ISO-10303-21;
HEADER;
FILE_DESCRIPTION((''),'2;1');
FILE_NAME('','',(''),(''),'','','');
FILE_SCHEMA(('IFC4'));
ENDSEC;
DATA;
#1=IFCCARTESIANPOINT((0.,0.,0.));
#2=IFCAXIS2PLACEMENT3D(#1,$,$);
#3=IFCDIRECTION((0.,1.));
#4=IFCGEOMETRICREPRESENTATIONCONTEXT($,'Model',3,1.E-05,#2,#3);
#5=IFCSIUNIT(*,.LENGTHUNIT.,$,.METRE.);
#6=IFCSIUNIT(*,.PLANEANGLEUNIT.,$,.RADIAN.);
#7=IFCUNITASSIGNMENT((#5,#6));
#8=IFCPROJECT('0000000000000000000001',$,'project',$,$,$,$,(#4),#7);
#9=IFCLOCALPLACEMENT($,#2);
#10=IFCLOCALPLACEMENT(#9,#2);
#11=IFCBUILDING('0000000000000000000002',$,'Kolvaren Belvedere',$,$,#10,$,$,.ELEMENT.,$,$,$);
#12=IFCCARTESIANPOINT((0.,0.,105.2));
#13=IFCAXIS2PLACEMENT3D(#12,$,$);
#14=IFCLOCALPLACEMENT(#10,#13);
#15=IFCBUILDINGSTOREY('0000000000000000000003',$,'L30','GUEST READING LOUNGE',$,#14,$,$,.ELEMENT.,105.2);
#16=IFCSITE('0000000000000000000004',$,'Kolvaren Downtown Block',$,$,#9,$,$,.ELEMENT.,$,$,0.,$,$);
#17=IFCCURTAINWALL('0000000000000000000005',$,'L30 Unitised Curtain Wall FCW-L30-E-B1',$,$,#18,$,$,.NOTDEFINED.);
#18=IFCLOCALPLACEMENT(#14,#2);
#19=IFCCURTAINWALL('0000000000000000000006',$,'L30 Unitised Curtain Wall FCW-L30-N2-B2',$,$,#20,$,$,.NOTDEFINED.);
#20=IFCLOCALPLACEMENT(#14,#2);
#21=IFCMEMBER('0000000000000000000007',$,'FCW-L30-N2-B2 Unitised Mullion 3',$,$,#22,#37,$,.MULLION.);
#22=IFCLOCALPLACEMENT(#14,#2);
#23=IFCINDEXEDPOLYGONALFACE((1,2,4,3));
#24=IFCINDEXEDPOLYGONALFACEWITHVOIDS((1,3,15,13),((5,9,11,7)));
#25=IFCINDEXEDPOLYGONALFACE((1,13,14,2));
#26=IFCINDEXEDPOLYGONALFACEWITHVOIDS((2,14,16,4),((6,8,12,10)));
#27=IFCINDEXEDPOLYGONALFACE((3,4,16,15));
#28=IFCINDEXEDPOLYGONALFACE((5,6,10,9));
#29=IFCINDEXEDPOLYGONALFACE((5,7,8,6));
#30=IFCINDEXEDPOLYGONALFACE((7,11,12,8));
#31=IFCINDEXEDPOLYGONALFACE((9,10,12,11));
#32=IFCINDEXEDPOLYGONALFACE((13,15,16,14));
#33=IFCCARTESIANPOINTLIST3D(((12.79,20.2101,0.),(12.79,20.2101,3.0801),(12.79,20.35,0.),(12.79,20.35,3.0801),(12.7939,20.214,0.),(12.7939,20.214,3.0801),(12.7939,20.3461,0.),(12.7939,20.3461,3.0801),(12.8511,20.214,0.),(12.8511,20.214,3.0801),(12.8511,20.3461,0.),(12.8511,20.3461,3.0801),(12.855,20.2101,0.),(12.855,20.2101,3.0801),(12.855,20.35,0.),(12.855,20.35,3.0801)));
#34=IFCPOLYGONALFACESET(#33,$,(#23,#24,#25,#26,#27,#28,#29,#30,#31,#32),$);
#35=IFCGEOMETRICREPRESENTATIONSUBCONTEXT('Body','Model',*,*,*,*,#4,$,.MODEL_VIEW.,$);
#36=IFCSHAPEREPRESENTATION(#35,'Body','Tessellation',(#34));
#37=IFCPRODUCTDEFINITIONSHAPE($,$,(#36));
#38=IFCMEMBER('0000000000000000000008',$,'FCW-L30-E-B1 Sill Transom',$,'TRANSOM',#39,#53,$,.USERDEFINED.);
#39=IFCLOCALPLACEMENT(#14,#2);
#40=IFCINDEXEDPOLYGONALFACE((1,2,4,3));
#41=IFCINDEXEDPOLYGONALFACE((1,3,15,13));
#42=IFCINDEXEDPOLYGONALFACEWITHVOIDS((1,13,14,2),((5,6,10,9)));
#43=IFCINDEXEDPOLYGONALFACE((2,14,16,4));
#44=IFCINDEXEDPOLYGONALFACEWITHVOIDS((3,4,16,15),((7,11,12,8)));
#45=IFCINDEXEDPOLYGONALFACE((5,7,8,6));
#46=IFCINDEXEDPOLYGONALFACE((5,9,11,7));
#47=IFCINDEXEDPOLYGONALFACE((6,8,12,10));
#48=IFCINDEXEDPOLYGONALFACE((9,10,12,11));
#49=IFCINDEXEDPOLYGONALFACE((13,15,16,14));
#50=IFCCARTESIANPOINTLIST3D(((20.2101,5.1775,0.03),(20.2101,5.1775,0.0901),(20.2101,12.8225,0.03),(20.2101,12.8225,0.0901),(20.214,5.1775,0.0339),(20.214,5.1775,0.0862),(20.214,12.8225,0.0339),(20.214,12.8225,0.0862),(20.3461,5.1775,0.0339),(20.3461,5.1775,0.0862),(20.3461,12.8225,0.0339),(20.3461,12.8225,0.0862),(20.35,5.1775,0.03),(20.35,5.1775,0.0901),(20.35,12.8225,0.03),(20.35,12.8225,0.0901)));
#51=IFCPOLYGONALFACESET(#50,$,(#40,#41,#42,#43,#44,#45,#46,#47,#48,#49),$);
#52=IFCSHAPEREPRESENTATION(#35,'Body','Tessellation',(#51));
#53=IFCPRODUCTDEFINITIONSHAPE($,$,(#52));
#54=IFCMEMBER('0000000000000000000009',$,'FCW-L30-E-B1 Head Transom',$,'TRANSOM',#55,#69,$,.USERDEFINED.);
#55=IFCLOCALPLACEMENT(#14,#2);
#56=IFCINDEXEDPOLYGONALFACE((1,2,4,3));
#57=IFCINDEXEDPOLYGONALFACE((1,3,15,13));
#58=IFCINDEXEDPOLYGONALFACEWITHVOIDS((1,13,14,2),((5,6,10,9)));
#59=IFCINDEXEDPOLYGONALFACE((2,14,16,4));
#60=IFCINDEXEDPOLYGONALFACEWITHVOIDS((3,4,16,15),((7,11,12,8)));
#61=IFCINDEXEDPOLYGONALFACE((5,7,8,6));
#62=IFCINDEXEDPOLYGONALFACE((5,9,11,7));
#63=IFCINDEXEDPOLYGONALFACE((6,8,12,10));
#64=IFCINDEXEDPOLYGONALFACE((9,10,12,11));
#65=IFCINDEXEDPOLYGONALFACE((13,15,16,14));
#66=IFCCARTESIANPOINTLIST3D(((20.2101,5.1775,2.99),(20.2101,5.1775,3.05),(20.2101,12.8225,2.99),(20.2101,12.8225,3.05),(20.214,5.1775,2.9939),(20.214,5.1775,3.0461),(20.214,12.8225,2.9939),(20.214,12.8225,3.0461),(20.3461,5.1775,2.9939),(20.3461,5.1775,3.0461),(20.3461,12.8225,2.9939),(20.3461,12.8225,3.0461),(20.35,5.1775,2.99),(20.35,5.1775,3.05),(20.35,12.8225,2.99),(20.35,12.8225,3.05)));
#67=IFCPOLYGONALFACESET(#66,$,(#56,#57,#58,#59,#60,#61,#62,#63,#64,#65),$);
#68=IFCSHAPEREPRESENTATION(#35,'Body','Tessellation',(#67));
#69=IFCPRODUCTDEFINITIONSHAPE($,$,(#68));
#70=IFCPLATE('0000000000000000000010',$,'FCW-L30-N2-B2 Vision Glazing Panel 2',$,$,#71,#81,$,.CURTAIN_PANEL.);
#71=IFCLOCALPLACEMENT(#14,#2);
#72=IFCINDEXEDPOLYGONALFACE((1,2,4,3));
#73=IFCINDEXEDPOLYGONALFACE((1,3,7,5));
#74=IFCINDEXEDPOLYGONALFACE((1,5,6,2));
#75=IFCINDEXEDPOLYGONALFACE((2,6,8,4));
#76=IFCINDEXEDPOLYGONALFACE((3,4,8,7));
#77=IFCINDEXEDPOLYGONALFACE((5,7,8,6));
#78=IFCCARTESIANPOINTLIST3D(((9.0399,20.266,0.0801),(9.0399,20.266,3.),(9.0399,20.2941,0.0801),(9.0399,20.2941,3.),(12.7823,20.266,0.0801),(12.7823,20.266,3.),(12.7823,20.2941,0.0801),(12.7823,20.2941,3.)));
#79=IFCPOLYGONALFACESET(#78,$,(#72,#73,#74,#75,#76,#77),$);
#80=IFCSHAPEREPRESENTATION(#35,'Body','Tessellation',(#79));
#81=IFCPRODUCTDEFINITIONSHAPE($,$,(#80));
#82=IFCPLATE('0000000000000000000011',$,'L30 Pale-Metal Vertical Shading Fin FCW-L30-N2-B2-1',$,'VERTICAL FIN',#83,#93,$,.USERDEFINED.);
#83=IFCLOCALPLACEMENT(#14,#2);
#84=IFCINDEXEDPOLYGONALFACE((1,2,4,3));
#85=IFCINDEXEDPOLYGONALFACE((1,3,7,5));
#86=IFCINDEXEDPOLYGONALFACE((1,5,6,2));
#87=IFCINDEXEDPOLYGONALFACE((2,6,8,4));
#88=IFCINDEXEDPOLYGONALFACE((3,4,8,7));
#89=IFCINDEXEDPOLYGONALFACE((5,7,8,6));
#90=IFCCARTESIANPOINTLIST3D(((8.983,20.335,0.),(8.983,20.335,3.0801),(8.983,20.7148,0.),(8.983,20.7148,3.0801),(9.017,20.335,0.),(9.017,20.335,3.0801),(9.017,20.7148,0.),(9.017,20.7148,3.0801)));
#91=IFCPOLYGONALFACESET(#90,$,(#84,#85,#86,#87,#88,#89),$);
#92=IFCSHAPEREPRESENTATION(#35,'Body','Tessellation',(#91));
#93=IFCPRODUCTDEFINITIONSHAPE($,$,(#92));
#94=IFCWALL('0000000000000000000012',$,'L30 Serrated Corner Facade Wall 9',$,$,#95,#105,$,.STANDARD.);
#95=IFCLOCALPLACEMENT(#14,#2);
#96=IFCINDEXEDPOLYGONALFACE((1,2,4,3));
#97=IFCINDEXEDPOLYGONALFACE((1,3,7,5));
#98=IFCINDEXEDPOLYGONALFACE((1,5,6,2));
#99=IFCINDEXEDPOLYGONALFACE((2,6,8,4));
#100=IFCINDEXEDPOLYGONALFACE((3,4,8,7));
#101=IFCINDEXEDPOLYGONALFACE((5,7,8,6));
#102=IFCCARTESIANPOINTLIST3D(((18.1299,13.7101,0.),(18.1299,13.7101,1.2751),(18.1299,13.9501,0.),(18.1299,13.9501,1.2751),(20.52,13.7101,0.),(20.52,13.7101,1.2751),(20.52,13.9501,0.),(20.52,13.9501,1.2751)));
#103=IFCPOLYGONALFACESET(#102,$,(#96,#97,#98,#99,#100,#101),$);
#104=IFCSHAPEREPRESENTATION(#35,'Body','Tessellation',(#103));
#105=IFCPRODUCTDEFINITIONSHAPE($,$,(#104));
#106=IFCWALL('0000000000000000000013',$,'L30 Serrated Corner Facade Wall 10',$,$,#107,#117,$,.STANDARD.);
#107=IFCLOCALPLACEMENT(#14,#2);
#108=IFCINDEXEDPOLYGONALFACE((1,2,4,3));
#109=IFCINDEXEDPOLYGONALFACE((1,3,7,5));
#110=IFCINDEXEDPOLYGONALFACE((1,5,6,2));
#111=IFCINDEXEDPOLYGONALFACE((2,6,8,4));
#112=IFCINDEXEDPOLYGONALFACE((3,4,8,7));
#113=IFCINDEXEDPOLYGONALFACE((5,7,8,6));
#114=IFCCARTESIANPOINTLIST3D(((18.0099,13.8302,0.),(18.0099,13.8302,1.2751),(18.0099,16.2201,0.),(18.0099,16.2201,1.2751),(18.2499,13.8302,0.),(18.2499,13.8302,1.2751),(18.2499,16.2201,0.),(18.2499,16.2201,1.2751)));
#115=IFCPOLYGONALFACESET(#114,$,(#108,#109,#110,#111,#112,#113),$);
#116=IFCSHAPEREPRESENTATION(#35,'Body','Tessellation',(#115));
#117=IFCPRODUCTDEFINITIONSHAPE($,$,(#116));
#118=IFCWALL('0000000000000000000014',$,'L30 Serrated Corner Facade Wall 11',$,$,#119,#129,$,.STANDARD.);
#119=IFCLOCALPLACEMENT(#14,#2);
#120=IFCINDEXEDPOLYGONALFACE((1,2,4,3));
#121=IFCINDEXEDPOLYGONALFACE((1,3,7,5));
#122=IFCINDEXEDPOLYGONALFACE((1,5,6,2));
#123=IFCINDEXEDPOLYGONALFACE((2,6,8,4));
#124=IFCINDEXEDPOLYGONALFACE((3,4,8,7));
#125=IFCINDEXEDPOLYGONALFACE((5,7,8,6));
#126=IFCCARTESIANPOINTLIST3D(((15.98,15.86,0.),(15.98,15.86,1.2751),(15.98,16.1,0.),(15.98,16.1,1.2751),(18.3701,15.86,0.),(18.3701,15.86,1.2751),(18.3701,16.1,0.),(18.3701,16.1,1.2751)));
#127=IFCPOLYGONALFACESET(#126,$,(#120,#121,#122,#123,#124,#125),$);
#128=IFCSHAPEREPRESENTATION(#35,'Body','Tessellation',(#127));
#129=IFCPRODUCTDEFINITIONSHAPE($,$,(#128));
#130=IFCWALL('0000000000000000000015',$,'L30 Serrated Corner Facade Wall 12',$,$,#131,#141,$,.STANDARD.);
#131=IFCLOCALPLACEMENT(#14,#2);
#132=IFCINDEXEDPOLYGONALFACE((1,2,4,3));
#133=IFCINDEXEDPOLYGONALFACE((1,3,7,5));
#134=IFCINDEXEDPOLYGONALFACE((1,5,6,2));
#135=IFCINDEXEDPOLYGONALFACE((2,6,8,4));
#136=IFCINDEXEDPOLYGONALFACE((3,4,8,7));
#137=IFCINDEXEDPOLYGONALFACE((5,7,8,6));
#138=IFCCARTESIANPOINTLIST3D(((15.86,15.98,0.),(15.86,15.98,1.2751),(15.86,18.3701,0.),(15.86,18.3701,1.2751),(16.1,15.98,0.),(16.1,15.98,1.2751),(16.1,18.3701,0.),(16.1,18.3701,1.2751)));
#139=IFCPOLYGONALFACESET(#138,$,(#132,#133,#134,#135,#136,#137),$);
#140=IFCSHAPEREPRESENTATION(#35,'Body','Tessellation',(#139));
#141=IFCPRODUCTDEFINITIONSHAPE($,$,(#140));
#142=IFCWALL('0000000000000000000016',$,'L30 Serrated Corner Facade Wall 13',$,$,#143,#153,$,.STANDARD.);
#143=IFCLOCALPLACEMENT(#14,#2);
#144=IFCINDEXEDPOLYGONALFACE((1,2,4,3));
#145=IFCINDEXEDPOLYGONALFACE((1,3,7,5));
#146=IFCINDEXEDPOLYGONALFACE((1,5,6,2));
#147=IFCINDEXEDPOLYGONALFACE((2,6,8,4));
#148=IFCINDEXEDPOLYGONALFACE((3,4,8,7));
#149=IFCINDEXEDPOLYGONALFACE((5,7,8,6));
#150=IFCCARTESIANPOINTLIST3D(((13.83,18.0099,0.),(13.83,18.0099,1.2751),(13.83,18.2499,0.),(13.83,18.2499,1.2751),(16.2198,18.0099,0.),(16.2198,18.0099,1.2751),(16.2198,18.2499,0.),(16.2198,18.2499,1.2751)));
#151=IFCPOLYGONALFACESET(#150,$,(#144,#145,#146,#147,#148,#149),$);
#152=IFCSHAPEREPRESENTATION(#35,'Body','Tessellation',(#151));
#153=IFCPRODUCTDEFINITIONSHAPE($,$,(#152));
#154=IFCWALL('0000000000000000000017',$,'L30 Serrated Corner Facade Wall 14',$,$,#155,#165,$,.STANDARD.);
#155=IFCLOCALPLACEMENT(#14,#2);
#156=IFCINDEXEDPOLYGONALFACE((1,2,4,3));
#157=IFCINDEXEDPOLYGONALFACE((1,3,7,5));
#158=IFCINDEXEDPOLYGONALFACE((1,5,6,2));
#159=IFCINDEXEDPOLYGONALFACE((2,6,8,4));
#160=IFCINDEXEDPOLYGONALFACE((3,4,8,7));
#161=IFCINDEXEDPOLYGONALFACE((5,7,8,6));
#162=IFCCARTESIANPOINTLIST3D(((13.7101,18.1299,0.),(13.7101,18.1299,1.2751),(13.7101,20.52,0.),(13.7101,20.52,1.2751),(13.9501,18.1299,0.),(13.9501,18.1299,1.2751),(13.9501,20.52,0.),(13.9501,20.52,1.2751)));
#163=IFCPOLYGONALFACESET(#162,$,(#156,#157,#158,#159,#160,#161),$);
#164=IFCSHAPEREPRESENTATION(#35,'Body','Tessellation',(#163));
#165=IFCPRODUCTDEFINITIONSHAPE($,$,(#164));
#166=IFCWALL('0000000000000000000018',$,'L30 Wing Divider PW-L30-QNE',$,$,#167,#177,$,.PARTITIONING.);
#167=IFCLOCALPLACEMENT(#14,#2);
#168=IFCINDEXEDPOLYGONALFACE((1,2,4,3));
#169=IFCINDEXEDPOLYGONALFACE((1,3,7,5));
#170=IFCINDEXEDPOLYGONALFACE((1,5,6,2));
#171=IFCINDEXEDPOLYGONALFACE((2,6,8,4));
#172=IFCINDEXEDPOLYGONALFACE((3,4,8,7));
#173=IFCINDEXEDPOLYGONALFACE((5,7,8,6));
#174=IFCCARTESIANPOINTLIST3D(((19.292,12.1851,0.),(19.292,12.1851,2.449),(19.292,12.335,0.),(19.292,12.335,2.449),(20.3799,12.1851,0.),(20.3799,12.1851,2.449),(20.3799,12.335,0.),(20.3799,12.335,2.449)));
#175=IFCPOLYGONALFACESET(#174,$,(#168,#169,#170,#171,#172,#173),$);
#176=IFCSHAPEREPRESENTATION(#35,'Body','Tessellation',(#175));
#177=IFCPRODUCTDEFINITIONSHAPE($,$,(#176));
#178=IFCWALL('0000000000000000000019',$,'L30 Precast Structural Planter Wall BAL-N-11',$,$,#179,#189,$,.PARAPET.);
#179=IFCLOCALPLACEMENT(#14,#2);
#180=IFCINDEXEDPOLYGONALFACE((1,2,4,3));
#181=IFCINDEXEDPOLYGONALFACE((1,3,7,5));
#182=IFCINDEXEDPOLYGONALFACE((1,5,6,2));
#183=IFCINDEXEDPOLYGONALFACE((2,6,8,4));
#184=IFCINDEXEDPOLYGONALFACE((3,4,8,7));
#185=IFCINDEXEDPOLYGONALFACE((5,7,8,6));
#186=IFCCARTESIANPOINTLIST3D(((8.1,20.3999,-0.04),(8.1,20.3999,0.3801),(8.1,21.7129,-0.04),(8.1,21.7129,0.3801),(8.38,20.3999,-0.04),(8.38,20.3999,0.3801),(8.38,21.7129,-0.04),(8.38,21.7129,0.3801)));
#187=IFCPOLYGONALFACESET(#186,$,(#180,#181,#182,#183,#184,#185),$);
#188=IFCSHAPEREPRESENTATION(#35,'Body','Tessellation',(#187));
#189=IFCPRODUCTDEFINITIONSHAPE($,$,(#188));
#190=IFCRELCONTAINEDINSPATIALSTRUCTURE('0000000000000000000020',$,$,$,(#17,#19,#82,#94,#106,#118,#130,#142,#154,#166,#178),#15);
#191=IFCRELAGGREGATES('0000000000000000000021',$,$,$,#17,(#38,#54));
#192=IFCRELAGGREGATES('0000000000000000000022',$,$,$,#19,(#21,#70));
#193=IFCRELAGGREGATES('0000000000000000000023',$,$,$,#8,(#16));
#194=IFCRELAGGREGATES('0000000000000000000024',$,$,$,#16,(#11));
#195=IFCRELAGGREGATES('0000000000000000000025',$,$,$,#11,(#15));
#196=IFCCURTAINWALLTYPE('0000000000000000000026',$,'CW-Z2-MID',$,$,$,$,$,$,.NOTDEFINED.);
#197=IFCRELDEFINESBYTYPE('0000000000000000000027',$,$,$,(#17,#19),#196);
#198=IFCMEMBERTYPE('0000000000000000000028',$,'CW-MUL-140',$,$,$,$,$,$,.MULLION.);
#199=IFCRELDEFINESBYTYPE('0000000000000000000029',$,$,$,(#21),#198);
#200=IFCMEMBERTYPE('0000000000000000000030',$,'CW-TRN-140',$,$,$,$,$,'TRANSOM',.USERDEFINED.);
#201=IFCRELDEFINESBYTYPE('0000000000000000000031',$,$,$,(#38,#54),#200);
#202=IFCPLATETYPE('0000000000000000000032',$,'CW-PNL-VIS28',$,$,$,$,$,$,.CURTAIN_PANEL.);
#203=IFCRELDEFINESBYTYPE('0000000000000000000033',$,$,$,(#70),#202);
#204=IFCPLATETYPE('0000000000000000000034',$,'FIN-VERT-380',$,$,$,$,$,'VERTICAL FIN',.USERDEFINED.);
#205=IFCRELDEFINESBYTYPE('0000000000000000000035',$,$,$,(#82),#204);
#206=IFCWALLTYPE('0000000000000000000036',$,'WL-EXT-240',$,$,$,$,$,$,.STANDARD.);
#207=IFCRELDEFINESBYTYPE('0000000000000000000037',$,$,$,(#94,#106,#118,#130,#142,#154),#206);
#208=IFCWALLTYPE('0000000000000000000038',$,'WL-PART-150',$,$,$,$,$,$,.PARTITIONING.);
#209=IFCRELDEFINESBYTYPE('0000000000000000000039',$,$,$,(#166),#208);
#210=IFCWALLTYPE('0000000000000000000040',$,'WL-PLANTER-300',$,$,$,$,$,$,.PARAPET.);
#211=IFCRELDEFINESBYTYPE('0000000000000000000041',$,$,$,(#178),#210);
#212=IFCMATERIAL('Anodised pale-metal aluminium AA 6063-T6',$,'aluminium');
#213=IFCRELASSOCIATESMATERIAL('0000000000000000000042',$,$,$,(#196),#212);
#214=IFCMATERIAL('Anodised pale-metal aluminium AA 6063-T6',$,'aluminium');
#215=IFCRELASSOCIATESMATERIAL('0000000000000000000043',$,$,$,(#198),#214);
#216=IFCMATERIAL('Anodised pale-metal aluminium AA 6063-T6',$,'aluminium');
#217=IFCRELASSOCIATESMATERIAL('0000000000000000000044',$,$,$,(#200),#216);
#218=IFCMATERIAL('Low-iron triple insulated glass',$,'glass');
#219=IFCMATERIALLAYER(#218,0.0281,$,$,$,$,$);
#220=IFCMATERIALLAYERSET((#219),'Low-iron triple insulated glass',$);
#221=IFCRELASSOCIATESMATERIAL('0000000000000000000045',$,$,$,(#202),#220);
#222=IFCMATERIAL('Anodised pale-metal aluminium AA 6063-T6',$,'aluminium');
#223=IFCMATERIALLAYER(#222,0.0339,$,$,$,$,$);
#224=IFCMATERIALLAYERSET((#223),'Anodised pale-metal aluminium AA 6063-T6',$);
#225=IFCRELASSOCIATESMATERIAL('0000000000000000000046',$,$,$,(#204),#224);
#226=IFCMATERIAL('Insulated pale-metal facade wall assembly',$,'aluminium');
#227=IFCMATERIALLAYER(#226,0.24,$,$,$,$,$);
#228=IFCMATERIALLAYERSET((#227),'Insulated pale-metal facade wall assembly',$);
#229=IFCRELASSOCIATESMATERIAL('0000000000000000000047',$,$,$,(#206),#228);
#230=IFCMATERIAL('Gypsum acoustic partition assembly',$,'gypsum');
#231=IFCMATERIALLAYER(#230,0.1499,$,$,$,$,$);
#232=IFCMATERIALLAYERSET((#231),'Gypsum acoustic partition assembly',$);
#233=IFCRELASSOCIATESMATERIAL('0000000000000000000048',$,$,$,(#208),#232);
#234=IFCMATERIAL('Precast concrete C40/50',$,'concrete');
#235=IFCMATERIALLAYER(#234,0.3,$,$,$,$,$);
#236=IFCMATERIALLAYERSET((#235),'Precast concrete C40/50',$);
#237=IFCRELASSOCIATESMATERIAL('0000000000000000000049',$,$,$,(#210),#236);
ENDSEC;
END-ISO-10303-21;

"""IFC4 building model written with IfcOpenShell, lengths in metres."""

from ifc_helpers import new_model, si_unit, direction, frame, frame_2d, origin, origin_2d, place, context, subcontext, project, spatial, rectangle, hollow_rectangle, extrude, material, layer, layer_set, material_profile, profile_set, type_object, element, aggregate, save


model = new_model("IFC4")

# Units and contexts
model_context = context("Model", 3, precision=1e-05, world=origin(), true_north=direction((0.0, 1.0)))
body_context = subcontext(model_context, "Body", "Model", "MODEL_VIEW")
ifc_project = project(units=[si_unit("LENGTHUNIT", "METRE"), si_unit("PLANEANGLEUNIT", "RADIAN")], contexts=[model_context])

# Site, building, storey
site_placement = place(None, origin())
site = spatial("IfcSite", under=ifc_project, at=site_placement, Name="Kolvaren Downtown Block", CompositionType="ELEMENT", RefElevation=0.0)
building_placement = place(site_placement, origin())
building = spatial("IfcBuilding", under=site, at=building_placement, Name="Kolvaren Belvedere", CompositionType="ELEMENT")
storey_placement = place(building_placement, frame((0.0, 0.0, 105.2)))
storey = spatial("IfcBuildingStorey", under=building, at=storey_placement, Name="L30", Description="GUEST READING LOUNGE", CompositionType="ELEMENT", Elevation=105.2)

# Curtain wall
ifc_material_1 = material(Name="Anodised pale-metal aluminium AA 6063-T6", Category="aluminium")
curtain_wall_type = type_object("IfcCurtainWallType", Name="CW-Z2-MID", PredefinedType="NOTDEFINED", material=ifc_material_1)
curtain_wall_1_placement = place(storey_placement, origin())
curtain_wall_1 = element("IfcCurtainWall", 1, at=curtain_wall_1_placement, inside=storey, type_object=curtain_wall_type, Name="L30 Unitised Curtain Wall FCW-L30-E-B1", PredefinedType="NOTDEFINED")
ifc_material_2 = material(Name="Anodised pale-metal aluminium AA 6063-T6", Category="aluminium")
ifc_material_profile_1 = material_profile(ifc_material_2, hollow_rectangle(XDim=0.0649, YDim=0.1399, WallThickness=0.0039, at=origin_2d()), Name="ALU-MUL-140X65")
ifc_profile_set_1 = profile_set([ifc_material_profile_1], Name="Anodised pale-metal aluminium AA 6063-T6")
member_type_1 = type_object("IfcMemberType", Name="CW-MUL-140", PredefinedType="MULLION", material=ifc_profile_set_1)

# Curtain wall, member
curtain_wall_2_placement = place(storey_placement, origin())
curtain_wall_2 = element("IfcCurtainWall", 2, at=curtain_wall_2_placement, inside=storey, type_object=curtain_wall_type, Name="L30 Unitised Curtain Wall FCW-L30-N2-B2", PredefinedType="NOTDEFINED")
member_1_placement = place(storey_placement, frame((12.8225, 20.28, 0.0), z_axis=(0.0, 0.0, 1.0), x_axis=(1.0, 0.0, 0.0)))
member_1 = element("IfcMember", 3, at=member_1_placement, type_object=member_type_1, Name="FCW-L30-N2-B2 Unitised Mullion 3", PredefinedType="MULLION", context=body_context, shape_type="SweptSolid", body=[
    extrude(hollow_rectangle(XDim=0.0649, YDim=0.1399, WallThickness=0.0039, at=origin_2d()), origin(), (0.0, 0.0, 1.0), 3.0801),
])

# Members
ifc_material_3 = material(Name="Anodised pale-metal aluminium AA 6063-T6", Category="aluminium")
ifc_material_profile_2 = material_profile(ifc_material_3, hollow_rectangle(XDim=0.0601, YDim=0.1399, WallThickness=0.0039, at=origin_2d()), Name="ALU-TRN-140X60")
ifc_profile_set_2 = profile_set([ifc_material_profile_2], Name="Anodised pale-metal aluminium AA 6063-T6")
member_type_2 = type_object("IfcMemberType", Name="CW-TRN-140", ElementType="TRANSOM", PredefinedType="USERDEFINED", material=ifc_profile_set_2)
member_2_placement = place(storey_placement, frame((20.28, 12.8225, 0.0601), z_axis=(0.0, -1.0, 0.0), x_axis=(0.0, 0.0, 1.0)))
member_2 = element("IfcMember", 4, at=member_2_placement, type_object=member_type_2, Name="FCW-L30-E-B1 Sill Transom", ObjectType="TRANSOM", PredefinedType="USERDEFINED", context=body_context, shape_type="SweptSolid", body=[
    extrude(hollow_rectangle(XDim=0.0601, YDim=0.1399, WallThickness=0.0039, at=origin_2d()), origin(), (0.0, 0.0, 1.0), 7.645),
])
member_3_placement = place(storey_placement, frame((20.28, 12.8225, 3.02), z_axis=(0.0, -1.0, 0.0), x_axis=(0.0, 0.0, 1.0)))
member_3 = element("IfcMember", 5, at=member_3_placement, type_object=member_type_2, Name="FCW-L30-E-B1 Head Transom", ObjectType="TRANSOM", PredefinedType="USERDEFINED", context=body_context, shape_type="SweptSolid", body=[
    extrude(hollow_rectangle(XDim=0.0601, YDim=0.1399, WallThickness=0.0039, at=origin_2d()), origin(), (0.0, 0.0, 1.0), 7.645),
])
aggregate(curtain_wall_1, [member_2, member_3])

# Plates
ifc_material_4 = material(Name="Low-iron triple insulated glass", Category="glass")
ifc_layer_1 = layer(ifc_material_4, 0.0281)
ifc_layer_set_1 = layer_set([ifc_layer_1], Name="Low-iron triple insulated glass")
plate_type_1 = type_object("IfcPlateType", Name="CW-PNL-VIS28", PredefinedType="CURTAIN_PANEL", material=ifc_layer_set_1)
plate_1_placement = place(storey_placement, frame((10.9111, 20.28, 0.0801), z_axis=(0.0, 0.0, 1.0), x_axis=(1.0, 0.0, 0.0)))
plate_1 = element("IfcPlate", 6, at=plate_1_placement, type_object=plate_type_1, Name="FCW-L30-N2-B2 Vision Glazing Panel 2", PredefinedType="CURTAIN_PANEL", context=body_context, shape_type="SweptSolid", body=[
    extrude(rectangle(XDim=3.7424, YDim=0.0281, at=origin_2d()), origin(), (0.0, 0.0, 1.0), 2.9199),
])
aggregate(curtain_wall_2, [member_1, plate_1])
ifc_material_5 = material(Name="Anodised pale-metal aluminium AA 6063-T6", Category="aluminium")
ifc_layer_2 = layer(ifc_material_5, 0.0339)
ifc_layer_set_2 = layer_set([ifc_layer_2], Name="Anodised pale-metal aluminium AA 6063-T6")
plate_type_2 = type_object("IfcPlateType", Name="FIN-VERT-380", ElementType="VERTICAL FIN", PredefinedType="USERDEFINED", material=ifc_layer_set_2)
plate_2_placement = place(storey_placement, frame((9.0, 20.5249, 0.0), z_axis=(0.0, 0.0, 1.0), x_axis=(0.0, 1.0, 0.0)))
element("IfcPlate", 7, at=plate_2_placement, inside=storey, type_object=plate_type_2, Name="L30 Pale-Metal Vertical Shading Fin FCW-L30-N2-B2-1", ObjectType="VERTICAL FIN", PredefinedType="USERDEFINED", context=body_context, shape_type="SweptSolid", body=[
    extrude(rectangle(XDim=0.3799, YDim=0.0339, at=origin_2d()), origin(), (0.0, 0.0, 1.0), 3.0801),
])

# Walls
ifc_material_6 = material(Name="Insulated pale-metal facade wall assembly", Category="aluminium")
ifc_layer_3 = layer(ifc_material_6, 0.24)
ifc_layer_set_3 = layer_set([ifc_layer_3], Name="Insulated pale-metal facade wall assembly")
wall_type_1 = type_object("IfcWallType", Name="WL-EXT-240", PredefinedType="STANDARD", material=ifc_layer_set_3)
wall_1_placement = place(storey_placement, frame((18.1299, 13.8301, 0.0), z_axis=(0.0, 0.0, 1.0), x_axis=(1.0, 0.0, 0.0)))
element("IfcWall", 8, at=wall_1_placement, inside=storey, type_object=wall_type_1, Name="L30 Serrated Corner Facade Wall 9", PredefinedType="STANDARD", context=body_context, shape_type="SweptSolid", body=[
    extrude(rectangle(XDim=2.3901, YDim=0.24, at=frame_2d((1.1951, 0.0))), origin(), (0.0, 0.0, 1.0), 1.2751),
])
wall_2_placement = place(storey_placement, frame((18.1299, 16.22, 0.0), z_axis=(0.0, 0.0, 1.0), x_axis=(0.0, -1.0, 0.0)))
element("IfcWall", 9, at=wall_2_placement, inside=storey, type_object=wall_type_1, Name="L30 Serrated Corner Facade Wall 10", PredefinedType="STANDARD", context=body_context, shape_type="SweptSolid", body=[
    extrude(rectangle(XDim=2.3899, YDim=0.24, at=frame_2d((1.1948, 0.0))), origin(), (0.0, 0.0, 1.0), 1.2751),
])
for number, where, z_axis, x_axis, name in (
    (10, (15.98, 15.98, 0.0), (0.0, 0.0, 1.0), (1.0, 0.0, 0.0), "L30 Serrated Corner Facade Wall 11"),
    (11, (15.98, 18.3701, 0.0), (0.0, 0.0, 1.0), (0.0, -1.0, 0.0), "L30 Serrated Corner Facade Wall 12"),
):
    element("IfcWall", number, at=place(storey_placement, frame(where, z_axis=z_axis, x_axis=x_axis)), inside=storey, type_object=wall_type_1, Name=name, PredefinedType="STANDARD", context=body_context, shape_type="SweptSolid", body=[
        extrude(rectangle(XDim=2.3901, YDim=0.24, at=frame_2d((1.1951, 0.0))), origin(), (0.0, 0.0, 1.0), 1.2751),
    ])
wall_3_placement = place(storey_placement, frame((13.8301, 18.1299, 0.0), z_axis=(0.0, 0.0, 1.0), x_axis=(1.0, 0.0, 0.0)))
element("IfcWall", 12, at=wall_3_placement, inside=storey, type_object=wall_type_1, Name="L30 Serrated Corner Facade Wall 13", PredefinedType="STANDARD", context=body_context, shape_type="SweptSolid", body=[
    extrude(rectangle(XDim=2.3899, YDim=0.24, at=frame_2d((1.1948, 0.0))), origin(), (0.0, 0.0, 1.0), 1.2751),
])
wall_4_placement = place(storey_placement, frame((13.8301, 20.52, 0.0), z_axis=(0.0, 0.0, 1.0), x_axis=(0.0, -1.0, 0.0)))
element("IfcWall", 13, at=wall_4_placement, inside=storey, type_object=wall_type_1, Name="L30 Serrated Corner Facade Wall 14", PredefinedType="STANDARD", context=body_context, shape_type="SweptSolid", body=[
    extrude(rectangle(XDim=2.3901, YDim=0.24, at=frame_2d((1.1951, 0.0))), origin(), (0.0, 0.0, 1.0), 1.2751),
])
ifc_material_7 = material(Name="Gypsum acoustic partition assembly", Category="gypsum")
ifc_layer_4 = layer(ifc_material_7, 0.1499)
ifc_layer_set_4 = layer_set([ifc_layer_4], Name="Gypsum acoustic partition assembly")
wall_type_2 = type_object("IfcWallType", Name="WL-PART-150", PredefinedType="PARTITIONING", material=ifc_layer_set_4)
wall_5_placement = place(storey_placement, frame((19.292, 12.26, 0.0), z_axis=(0.0, 0.0, 1.0), x_axis=(1.0, 0.0, 0.0)))
element("IfcWall", 14, at=wall_5_placement, inside=storey, type_object=wall_type_2, Name="L30 Wing Divider PW-L30-QNE", PredefinedType="PARTITIONING", context=body_context, shape_type="SweptSolid", body=[
    extrude(rectangle(XDim=1.0879, YDim=0.1499, at=frame_2d((0.5439, 0.0))), origin(), (0.0, 0.0, 1.0), 2.449),
])
ifc_material_8 = material(Name="Precast concrete C40/50", Category="concrete")
ifc_layer_5 = layer(ifc_material_8, 0.3)
ifc_layer_set_5 = layer_set([ifc_layer_5], Name="Precast concrete C40/50")
wall_type_3 = type_object("IfcWallType", Name="WL-PLANTER-300", PredefinedType="PARAPET", material=ifc_layer_set_5)
wall_6_placement = place(storey_placement, frame((8.24, 20.3999, -0.04), z_axis=(0.0, 0.0, 1.0), x_axis=(0.0, 1.0, 0.0)))
element("IfcWall", 15, at=wall_6_placement, inside=storey, type_object=wall_type_3, Name="L30 Precast Structural Planter Wall BAL-N-11", PredefinedType="PARAPET", context=body_context, shape_type="SweptSolid", body=[
    extrude(rectangle(XDim=1.313, YDim=0.28, at=frame_2d((0.6565, 0.0))), origin(), (0.0, 0.0, 1.0), 0.4202),
])

save(model, "model.ifc")
